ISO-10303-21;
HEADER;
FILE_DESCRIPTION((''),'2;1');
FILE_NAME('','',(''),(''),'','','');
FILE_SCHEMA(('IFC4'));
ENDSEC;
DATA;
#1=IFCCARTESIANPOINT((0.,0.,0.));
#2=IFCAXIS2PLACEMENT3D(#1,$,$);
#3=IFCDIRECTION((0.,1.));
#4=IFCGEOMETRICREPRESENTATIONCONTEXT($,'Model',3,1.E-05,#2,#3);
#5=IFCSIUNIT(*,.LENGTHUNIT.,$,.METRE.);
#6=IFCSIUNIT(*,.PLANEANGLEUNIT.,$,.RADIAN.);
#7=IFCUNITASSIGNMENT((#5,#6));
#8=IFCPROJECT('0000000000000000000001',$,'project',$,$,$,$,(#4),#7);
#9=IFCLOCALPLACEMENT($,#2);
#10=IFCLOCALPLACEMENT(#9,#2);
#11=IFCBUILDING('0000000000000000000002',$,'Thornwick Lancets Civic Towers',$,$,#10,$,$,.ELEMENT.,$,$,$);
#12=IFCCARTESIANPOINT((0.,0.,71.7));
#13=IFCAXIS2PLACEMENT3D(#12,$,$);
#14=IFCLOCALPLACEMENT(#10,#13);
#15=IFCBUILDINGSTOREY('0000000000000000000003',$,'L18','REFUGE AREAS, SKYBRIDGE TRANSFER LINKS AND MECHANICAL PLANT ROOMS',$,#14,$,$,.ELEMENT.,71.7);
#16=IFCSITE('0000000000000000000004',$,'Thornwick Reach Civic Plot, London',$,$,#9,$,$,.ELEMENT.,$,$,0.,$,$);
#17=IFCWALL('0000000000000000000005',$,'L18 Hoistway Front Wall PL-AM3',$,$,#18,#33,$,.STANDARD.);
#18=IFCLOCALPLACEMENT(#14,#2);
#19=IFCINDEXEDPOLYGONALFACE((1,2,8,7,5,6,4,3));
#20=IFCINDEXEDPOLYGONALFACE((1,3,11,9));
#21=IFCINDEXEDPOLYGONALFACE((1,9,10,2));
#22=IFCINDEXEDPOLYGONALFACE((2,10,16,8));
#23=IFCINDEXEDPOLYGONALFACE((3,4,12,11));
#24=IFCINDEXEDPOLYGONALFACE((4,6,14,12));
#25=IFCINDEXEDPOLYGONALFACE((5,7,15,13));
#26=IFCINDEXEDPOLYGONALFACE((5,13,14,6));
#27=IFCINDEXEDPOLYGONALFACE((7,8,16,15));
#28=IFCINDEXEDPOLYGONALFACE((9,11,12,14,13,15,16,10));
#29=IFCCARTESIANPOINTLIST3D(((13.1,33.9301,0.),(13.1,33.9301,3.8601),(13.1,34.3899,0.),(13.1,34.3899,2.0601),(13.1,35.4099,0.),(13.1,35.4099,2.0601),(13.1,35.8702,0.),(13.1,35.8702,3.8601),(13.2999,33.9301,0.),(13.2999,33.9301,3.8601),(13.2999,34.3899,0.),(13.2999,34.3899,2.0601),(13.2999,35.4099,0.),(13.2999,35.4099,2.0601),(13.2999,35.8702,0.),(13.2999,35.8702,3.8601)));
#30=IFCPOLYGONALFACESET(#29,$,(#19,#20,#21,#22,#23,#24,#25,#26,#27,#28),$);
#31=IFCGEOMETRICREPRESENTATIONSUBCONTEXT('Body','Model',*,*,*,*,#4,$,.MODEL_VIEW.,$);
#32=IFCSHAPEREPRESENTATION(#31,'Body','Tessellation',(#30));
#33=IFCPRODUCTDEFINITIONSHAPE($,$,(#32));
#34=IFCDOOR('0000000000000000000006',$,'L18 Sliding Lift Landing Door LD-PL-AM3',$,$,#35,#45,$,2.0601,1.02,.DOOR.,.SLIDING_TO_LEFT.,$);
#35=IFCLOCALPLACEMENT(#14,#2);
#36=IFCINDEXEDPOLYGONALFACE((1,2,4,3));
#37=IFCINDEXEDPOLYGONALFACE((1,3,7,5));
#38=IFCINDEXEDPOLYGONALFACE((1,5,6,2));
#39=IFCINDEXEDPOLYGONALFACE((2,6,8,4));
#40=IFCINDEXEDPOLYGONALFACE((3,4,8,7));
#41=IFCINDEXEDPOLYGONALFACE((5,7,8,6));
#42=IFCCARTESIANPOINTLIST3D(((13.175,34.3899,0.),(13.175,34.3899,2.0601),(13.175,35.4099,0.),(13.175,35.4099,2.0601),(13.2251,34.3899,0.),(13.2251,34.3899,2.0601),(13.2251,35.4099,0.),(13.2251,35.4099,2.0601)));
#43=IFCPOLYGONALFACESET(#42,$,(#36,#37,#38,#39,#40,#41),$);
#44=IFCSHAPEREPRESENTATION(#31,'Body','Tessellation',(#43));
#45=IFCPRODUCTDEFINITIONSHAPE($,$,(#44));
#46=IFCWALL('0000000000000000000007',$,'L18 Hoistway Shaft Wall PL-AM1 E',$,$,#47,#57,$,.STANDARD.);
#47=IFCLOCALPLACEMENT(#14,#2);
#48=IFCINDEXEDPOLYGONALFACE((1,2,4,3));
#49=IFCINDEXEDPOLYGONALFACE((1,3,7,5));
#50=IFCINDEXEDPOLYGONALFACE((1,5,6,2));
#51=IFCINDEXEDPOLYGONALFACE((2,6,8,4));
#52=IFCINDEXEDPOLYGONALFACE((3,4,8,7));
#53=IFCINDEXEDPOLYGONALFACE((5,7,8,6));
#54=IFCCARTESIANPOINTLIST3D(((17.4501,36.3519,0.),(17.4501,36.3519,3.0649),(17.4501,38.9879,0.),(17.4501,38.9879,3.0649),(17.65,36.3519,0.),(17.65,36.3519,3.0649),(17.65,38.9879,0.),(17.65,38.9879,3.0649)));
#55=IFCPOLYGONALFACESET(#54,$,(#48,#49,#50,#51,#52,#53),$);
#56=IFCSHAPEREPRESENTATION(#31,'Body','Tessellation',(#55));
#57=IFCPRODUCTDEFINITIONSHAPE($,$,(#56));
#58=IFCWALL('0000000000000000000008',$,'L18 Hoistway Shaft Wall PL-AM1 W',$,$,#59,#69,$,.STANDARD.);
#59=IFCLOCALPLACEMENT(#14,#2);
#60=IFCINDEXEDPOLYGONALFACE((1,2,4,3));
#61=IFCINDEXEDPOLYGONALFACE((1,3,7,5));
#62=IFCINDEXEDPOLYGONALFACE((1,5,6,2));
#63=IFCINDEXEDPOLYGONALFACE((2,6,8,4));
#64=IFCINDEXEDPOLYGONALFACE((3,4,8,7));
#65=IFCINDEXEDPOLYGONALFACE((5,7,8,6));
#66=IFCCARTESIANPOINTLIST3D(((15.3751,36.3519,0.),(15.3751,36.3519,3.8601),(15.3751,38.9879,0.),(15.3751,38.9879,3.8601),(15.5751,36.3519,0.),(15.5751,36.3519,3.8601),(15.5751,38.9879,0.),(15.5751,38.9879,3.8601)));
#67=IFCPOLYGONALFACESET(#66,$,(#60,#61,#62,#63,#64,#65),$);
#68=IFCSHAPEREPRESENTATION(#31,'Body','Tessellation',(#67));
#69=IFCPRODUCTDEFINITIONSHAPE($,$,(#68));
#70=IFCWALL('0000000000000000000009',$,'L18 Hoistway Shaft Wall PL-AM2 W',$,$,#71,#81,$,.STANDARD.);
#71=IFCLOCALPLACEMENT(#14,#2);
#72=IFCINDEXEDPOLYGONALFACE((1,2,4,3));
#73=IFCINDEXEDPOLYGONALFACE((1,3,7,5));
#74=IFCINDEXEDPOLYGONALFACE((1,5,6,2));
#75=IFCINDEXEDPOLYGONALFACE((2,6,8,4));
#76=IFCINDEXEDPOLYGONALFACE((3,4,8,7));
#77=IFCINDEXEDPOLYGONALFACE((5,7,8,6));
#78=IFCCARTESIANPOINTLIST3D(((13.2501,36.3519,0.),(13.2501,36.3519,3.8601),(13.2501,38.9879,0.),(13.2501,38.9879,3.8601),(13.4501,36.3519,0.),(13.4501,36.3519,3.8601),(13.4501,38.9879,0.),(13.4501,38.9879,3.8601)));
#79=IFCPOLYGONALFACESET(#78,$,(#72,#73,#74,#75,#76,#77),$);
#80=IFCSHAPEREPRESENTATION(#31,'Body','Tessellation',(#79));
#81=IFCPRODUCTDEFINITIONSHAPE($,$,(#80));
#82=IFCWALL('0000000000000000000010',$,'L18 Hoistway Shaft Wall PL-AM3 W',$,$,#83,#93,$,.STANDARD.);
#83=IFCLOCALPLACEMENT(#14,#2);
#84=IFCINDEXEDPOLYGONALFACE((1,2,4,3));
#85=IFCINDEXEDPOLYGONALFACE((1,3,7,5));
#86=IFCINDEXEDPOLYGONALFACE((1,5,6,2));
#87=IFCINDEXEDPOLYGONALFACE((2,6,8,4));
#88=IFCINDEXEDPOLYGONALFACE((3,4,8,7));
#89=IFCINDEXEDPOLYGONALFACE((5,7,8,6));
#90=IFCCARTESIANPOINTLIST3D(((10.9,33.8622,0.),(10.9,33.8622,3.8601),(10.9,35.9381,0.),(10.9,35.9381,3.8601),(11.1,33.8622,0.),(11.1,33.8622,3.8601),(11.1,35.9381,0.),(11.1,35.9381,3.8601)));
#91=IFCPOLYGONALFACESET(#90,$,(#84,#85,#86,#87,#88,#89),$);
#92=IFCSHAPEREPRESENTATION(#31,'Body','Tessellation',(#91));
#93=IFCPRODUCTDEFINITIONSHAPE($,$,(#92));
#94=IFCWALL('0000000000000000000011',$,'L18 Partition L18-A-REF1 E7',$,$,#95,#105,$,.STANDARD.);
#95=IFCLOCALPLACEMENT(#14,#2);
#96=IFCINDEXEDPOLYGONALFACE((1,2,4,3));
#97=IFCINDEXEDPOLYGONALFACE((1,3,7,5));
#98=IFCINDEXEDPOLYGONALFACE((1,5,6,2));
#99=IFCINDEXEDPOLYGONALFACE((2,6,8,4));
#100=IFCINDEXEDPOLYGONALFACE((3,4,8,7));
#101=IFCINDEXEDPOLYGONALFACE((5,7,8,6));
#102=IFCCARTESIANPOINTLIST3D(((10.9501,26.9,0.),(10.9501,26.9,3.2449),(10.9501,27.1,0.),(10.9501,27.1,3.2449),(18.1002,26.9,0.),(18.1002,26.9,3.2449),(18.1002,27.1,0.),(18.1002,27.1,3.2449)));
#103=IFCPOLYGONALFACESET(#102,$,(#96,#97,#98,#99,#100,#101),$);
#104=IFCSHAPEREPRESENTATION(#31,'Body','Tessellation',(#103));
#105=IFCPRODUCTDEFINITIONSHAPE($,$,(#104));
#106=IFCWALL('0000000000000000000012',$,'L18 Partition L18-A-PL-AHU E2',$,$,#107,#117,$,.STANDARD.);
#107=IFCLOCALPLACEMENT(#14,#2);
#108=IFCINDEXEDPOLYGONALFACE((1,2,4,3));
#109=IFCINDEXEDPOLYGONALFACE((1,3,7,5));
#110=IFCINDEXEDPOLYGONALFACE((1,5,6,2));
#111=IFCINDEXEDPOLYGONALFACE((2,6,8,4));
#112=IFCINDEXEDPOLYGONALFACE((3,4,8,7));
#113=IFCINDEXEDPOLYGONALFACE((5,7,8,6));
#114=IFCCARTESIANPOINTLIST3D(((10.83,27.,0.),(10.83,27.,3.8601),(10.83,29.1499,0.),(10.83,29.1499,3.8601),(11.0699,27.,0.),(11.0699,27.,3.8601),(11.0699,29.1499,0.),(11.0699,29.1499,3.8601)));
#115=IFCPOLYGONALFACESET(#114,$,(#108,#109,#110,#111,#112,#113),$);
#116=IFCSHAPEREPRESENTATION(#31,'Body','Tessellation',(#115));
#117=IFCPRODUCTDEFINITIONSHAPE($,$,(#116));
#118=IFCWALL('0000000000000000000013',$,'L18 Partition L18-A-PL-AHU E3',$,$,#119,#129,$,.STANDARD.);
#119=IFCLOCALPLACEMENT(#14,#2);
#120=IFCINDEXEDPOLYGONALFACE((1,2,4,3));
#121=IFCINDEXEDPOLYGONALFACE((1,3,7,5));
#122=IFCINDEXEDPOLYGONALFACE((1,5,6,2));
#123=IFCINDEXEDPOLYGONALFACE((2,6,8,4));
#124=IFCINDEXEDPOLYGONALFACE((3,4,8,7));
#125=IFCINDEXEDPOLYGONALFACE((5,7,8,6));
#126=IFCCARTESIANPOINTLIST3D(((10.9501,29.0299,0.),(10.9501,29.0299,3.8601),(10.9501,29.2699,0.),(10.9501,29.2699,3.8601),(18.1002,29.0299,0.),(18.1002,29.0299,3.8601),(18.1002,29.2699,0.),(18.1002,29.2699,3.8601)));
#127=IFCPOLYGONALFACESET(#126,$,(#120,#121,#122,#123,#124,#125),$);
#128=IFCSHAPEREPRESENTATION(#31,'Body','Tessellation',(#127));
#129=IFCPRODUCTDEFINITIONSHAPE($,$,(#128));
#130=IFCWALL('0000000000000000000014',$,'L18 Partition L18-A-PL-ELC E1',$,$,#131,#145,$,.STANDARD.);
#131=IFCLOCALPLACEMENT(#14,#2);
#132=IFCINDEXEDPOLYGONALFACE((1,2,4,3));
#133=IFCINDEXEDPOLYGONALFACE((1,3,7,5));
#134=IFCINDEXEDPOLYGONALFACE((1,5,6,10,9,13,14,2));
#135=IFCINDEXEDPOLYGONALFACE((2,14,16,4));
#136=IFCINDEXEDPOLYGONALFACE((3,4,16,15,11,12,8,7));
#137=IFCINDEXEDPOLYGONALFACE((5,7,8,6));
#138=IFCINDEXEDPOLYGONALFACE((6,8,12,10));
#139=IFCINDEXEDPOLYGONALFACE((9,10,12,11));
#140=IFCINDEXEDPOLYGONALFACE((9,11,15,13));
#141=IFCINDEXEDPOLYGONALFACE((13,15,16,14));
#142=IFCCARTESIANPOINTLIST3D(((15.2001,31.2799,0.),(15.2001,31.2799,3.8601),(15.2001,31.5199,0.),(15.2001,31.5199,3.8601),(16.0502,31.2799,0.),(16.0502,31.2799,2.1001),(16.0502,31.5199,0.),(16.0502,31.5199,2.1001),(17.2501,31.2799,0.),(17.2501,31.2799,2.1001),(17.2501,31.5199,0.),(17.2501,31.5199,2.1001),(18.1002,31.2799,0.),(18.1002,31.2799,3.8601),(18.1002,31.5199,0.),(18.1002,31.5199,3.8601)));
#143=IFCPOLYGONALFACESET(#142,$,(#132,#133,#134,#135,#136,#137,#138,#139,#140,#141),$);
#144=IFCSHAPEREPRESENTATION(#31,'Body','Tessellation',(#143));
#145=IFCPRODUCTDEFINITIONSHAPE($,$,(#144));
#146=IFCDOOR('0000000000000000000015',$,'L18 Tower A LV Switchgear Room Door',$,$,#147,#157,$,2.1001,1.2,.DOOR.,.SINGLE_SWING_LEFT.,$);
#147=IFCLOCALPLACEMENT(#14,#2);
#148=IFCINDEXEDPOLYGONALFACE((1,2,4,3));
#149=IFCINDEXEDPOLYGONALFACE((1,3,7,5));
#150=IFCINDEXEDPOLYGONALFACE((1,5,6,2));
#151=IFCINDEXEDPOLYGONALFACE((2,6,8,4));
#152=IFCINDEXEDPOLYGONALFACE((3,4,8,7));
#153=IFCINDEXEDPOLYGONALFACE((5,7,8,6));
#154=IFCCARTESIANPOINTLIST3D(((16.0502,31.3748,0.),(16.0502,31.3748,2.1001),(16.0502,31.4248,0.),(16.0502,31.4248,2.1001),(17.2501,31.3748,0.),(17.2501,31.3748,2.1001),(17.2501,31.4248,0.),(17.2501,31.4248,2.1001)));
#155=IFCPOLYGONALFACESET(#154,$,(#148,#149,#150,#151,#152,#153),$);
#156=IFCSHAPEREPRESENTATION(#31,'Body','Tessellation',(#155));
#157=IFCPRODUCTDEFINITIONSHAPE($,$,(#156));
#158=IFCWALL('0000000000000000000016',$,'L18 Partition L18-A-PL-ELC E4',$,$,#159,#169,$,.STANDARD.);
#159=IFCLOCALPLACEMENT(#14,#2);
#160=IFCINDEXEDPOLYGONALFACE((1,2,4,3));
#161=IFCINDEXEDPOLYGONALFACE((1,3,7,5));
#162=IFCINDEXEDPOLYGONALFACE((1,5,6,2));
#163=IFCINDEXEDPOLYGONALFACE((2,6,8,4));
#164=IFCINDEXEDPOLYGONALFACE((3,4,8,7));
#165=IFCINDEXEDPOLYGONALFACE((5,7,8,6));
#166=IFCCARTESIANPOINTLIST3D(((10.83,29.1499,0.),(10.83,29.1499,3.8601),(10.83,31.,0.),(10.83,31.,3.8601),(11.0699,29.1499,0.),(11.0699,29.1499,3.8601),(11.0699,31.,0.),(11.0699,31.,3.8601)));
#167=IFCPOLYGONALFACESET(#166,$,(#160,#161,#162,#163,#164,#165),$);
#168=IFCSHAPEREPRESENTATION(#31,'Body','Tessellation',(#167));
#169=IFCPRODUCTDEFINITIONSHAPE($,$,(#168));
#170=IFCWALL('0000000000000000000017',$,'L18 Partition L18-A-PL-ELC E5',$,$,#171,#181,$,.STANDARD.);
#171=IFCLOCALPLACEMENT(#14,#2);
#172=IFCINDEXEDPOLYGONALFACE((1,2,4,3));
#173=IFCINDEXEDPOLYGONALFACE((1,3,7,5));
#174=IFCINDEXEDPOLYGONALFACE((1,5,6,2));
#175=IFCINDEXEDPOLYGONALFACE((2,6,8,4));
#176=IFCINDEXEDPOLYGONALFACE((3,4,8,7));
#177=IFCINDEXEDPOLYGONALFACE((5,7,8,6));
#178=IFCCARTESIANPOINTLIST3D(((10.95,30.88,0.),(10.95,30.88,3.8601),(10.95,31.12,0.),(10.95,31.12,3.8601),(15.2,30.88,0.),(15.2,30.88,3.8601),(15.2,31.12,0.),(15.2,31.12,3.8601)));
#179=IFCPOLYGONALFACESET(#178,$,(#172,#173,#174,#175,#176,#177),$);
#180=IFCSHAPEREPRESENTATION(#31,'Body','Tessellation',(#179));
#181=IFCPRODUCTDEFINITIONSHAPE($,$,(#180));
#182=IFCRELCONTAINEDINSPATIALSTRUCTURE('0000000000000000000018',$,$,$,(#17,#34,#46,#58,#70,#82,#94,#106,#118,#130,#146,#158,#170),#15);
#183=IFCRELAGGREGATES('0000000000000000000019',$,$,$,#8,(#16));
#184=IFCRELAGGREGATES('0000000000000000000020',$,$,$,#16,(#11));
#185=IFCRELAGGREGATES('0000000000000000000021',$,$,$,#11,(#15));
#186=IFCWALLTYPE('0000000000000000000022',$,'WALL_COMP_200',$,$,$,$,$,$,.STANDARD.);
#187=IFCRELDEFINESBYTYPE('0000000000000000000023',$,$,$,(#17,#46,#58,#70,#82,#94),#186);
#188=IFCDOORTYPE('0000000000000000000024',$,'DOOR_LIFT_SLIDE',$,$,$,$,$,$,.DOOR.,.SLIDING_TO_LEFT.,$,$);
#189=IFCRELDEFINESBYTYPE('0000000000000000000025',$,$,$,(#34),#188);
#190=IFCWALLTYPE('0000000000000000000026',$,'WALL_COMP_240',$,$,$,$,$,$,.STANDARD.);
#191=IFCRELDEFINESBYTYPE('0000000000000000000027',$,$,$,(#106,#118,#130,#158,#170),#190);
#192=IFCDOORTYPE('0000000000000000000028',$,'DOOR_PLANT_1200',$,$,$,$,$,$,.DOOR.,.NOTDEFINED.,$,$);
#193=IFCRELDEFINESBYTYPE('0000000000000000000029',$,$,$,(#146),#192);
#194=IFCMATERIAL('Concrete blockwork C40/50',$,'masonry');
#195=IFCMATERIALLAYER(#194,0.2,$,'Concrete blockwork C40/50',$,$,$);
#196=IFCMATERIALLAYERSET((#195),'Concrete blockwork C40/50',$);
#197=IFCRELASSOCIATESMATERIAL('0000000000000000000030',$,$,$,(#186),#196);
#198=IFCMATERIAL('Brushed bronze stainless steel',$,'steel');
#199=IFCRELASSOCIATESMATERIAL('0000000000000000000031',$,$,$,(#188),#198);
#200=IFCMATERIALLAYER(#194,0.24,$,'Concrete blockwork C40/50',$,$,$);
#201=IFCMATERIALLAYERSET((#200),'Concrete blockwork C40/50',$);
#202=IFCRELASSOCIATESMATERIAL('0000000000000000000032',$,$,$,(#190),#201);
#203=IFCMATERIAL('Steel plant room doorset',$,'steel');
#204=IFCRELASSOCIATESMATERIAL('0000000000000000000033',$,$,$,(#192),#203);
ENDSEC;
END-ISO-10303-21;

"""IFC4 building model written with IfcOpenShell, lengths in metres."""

from ifc_helpers import new_model, si_unit, direction, frame, frame_2d, origin, place, context, subcontext, project, spatial, rectangle, extrude, material, layer, layer_set, type_object, element, fill, save


model = new_model("IFC4")

# Units and contexts
model_context = context("Model", 3, precision=1e-05, world=origin(), true_north=direction((0.0, 1.0)))
body_context = subcontext(model_context, "Body", "Model", "MODEL_VIEW")
ifc_project = project(units=[si_unit("LENGTHUNIT", "METRE"), si_unit("PLANEANGLEUNIT", "RADIAN")], contexts=[model_context])

# Site, building, storey
site_placement = place(None, origin())
site = spatial("IfcSite", under=ifc_project, at=site_placement, Name="Thornwick Reach Civic Plot, London", CompositionType="ELEMENT", RefElevation=0.0)
building_placement = place(site_placement, origin())
building = spatial("IfcBuilding", under=site, at=building_placement, Name="Thornwick Lancets Civic Towers", CompositionType="ELEMENT")
storey_placement = place(building_placement, frame((0.0, 0.0, 71.7)))
storey = spatial("IfcBuildingStorey", under=building, at=storey_placement, Name="L18", Description="REFUGE AREAS, SKYBRIDGE TRANSFER LINKS AND MECHANICAL PLANT ROOMS", CompositionType="ELEMENT", Elevation=71.7)

# Wall, opening, door
ifc_material_1 = material(Name="Concrete blockwork C40/50", Category="masonry")
ifc_layer_1 = layer(ifc_material_1, 0.2, Name="Concrete blockwork C40/50")
ifc_layer_set_1 = layer_set([ifc_layer_1], Name="Concrete blockwork C40/50")
wall_type_1 = type_object("IfcWallType", Name="WALL_COMP_200", PredefinedType="STANDARD", material=ifc_layer_set_1)
ifc_material_2 = material(Name="Brushed bronze stainless steel", Category="steel")
door_type_1 = type_object("IfcDoorType", Name="DOOR_LIFT_SLIDE", OperationType="SLIDING_TO_LEFT", PredefinedType="DOOR", material=ifc_material_2)
wall_1_placement = place(storey_placement, frame((13.2, 33.9299, 0.0), z_axis=(0.0, 0.0, 1.0), x_axis=(0.0, 1.0, 0.0)))
wall_1 = element("IfcWall", 1, at=wall_1_placement, inside=storey, type_object=wall_type_1, Name="L18 Hoistway Front Wall PL-AM3", PredefinedType="STANDARD", context=body_context, shape_type="SweptSolid", body=[
    extrude(rectangle(XDim=1.9402, YDim=0.2, at=frame_2d((0.9702, 0.0))), origin(), (0.0, 0.0, 1.0), 3.8601),
])
opening_1_placement = place(wall_1_placement, frame((0.46, 0.0, 0.0)))
opening_1 = element("IfcOpeningElement", 2, at=opening_1_placement, cuts=wall_1, PredefinedType="OPENING", context=body_context, shape_type="SweptSolid", body=[
    extrude(rectangle(XDim=1.02, YDim=2.0601, at=frame_2d((0.51, 1.03))), frame((0.0, 0.1099, 0.0), z_axis=(0.0, -1.0, 0.0), x_axis=(1.0, 0.0, 0.0)), (0.0, 0.0, 1.0), 0.22),
])
door_1_placement = place(opening_1_placement, origin())
door_1 = element("IfcDoor", 3, at=door_1_placement, inside=storey, type_object=door_type_1, Name="L18 Sliding Lift Landing Door LD-PL-AM3", OperationType="SLIDING_TO_LEFT", OverallHeight=2.0601, OverallWidth=1.02, PredefinedType="DOOR", context=body_context, shape_type="SweptSolid", body=[
    extrude(rectangle(XDim=1.02, YDim=2.0601, at=frame_2d((0.51, 1.03))), frame((0.0, 0.0249, 0.0), z_axis=(0.0, -1.0, 0.0), x_axis=(1.0, 0.0, 0.0)), (0.0, 0.0, 1.0), 0.05),
])
fill(opening_1, door_1)

# Walls
wall_2_placement = place(storey_placement, frame((17.55, 36.3521, 0.0), z_axis=(0.0, 0.0, 1.0), x_axis=(0.0, 1.0, 0.0)))
element("IfcWall", 4, at=wall_2_placement, inside=storey, type_object=wall_type_1, Name="L18 Hoistway Shaft Wall PL-AM1 E", PredefinedType="STANDARD", context=body_context, shape_type="SweptSolid", body=[
    extrude(rectangle(XDim=2.636, YDim=0.2, at=frame_2d((1.3179, 0.0))), origin(), (0.0, 0.0, 1.0), 3.0649),
])
for number, where, z_axis, x_axis, name in (
    (5, (15.4751, 36.3521, 0.0), (0.0, 0.0, 1.0), (0.0, 1.0, 0.0), "L18 Hoistway Shaft Wall PL-AM1 W"),
    (6, (13.3501, 36.3521, 0.0), (0.0, 0.0, 1.0), (0.0, 1.0, 0.0), "L18 Hoistway Shaft Wall PL-AM2 W"),
):
    element("IfcWall", number, at=place(storey_placement, frame(where, z_axis=z_axis, x_axis=x_axis)), inside=storey, type_object=wall_type_1, Name=name, PredefinedType="STANDARD", context=body_context, shape_type="SweptSolid", body=[
        extrude(rectangle(XDim=2.636, YDim=0.2, at=frame_2d((1.3179, 0.0))), origin(), (0.0, 0.0, 1.0), 3.8601),
    ])
wall_3_placement = place(storey_placement, frame((11.0, 33.8621, 0.0), z_axis=(0.0, 0.0, 1.0), x_axis=(0.0, 1.0, 0.0)))
element("IfcWall", 7, at=wall_3_placement, inside=storey, type_object=wall_type_1, Name="L18 Hoistway Shaft Wall PL-AM3 W", PredefinedType="STANDARD", context=body_context, shape_type="SweptSolid", body=[
    extrude(rectangle(XDim=2.0759, YDim=0.2, at=frame_2d((1.0381, 0.0))), origin(), (0.0, 0.0, 1.0), 3.8601),
])
wall_4_placement = place(storey_placement, frame((10.95, 27.0, 0.0), z_axis=(0.0, 0.0, 1.0), x_axis=(1.0, 0.0, 0.0)))
element("IfcWall", 8, at=wall_4_placement, inside=storey, type_object=wall_type_1, Name="L18 Partition L18-A-REF1 E7", PredefinedType="STANDARD", context=body_context, shape_type="SweptSolid", body=[
    extrude(rectangle(XDim=7.1501, YDim=0.2, at=frame_2d((3.5752, 0.0))), origin(), (0.0, 0.0, 1.0), 3.2449),
])
ifc_layer_2 = layer(ifc_material_1, 0.24, Name="Concrete blockwork C40/50")
ifc_layer_set_2 = layer_set([ifc_layer_2], Name="Concrete blockwork C40/50")
wall_type_2 = type_object("IfcWallType", Name="WALL_COMP_240", PredefinedType="STANDARD", material=ifc_layer_set_2)
wall_5_placement = place(storey_placement, frame((10.95, 27.0, 0.0), z_axis=(0.0, 0.0, 1.0), x_axis=(0.0, 1.0, 0.0)))
element("IfcWall", 9, at=wall_5_placement, inside=storey, type_object=wall_type_2, Name="L18 Partition L18-A-PL-AHU E2", PredefinedType="STANDARD", context=body_context, shape_type="SweptSolid", body=[
    extrude(rectangle(XDim=2.1499, YDim=0.24, at=frame_2d((1.075, 0.0))), origin(), (0.0, 0.0, 1.0), 3.8601),
])
wall_6_placement = place(storey_placement, frame((10.95, 29.1499, 0.0), z_axis=(0.0, 0.0, 1.0), x_axis=(1.0, 0.0, 0.0)))
element("IfcWall", 10, at=wall_6_placement, inside=storey, type_object=wall_type_2, Name="L18 Partition L18-A-PL-AHU E3", PredefinedType="STANDARD", context=body_context, shape_type="SweptSolid", body=[
    extrude(rectangle(XDim=7.1501, YDim=0.24, at=frame_2d((3.5752, 0.0))), origin(), (0.0, 0.0, 1.0), 3.8601),
])

# Wall, opening, door
wall_7_placement = place(storey_placement, frame((15.2, 31.3999, 0.0), z_axis=(0.0, 0.0, 1.0), x_axis=(1.0, 0.0, 0.0)))
wall_7 = element("IfcWall", 11, at=wall_7_placement, inside=storey, type_object=wall_type_2, Name="L18 Partition L18-A-PL-ELC E1", PredefinedType="STANDARD", context=body_context, shape_type="SweptSolid", body=[
    extrude(rectangle(XDim=2.9001, YDim=0.24, at=frame_2d((1.4502, 0.0))), origin(), (0.0, 0.0, 1.0), 3.8601),
])
opening_2_placement = place(wall_7_placement, frame((0.8501, 0.0, 0.0)))
opening_2 = element("IfcOpeningElement", 12, at=opening_2_placement, cuts=wall_7, PredefinedType="OPENING", context=body_context, shape_type="SweptSolid", body=[
    extrude(rectangle(XDim=1.2, YDim=2.1001, at=frame_2d((0.6001, 1.05))), frame((0.0, 0.1299, 0.0), z_axis=(0.0, -1.0, 0.0), x_axis=(1.0, 0.0, 0.0)), (0.0, 0.0, 1.0), 0.26),
])
ifc_material_3 = material(Name="Steel plant room doorset", Category="steel")
door_type_2 = type_object("IfcDoorType", Name="DOOR_PLANT_1200", OperationType="NOTDEFINED", PredefinedType="DOOR", material=ifc_material_3)
door_2_placement = place(opening_2_placement, origin())
door_2 = element("IfcDoor", 13, at=door_2_placement, inside=storey, type_object=door_type_2, Name="L18 Tower A LV Switchgear Room Door", OperationType="SINGLE_SWING_LEFT", OverallHeight=2.1001, OverallWidth=1.2, PredefinedType="DOOR", context=body_context, shape_type="SweptSolid", body=[
    extrude(rectangle(XDim=1.2, YDim=2.1001, at=frame_2d((0.6001, 1.05))), frame((0.0, 0.0249, 0.0), z_axis=(0.0, -1.0, 0.0), x_axis=(1.0, 0.0, 0.0)), (0.0, 0.0, 1.0), 0.05),
])
fill(opening_2, door_2)

# Walls
wall_8_placement = place(storey_placement, frame((10.95, 29.1499, 0.0), z_axis=(0.0, 0.0, 1.0), x_axis=(0.0, 1.0, 0.0)))
element("IfcWall", 14, at=wall_8_placement, inside=storey, type_object=wall_type_2, Name="L18 Partition L18-A-PL-ELC E4", PredefinedType="STANDARD", context=body_context, shape_type="SweptSolid", body=[
    extrude(rectangle(XDim=1.8501, YDim=0.24, at=frame_2d((0.925, 0.0))), origin(), (0.0, 0.0, 1.0), 3.8601),
])
wall_9_placement = place(storey_placement, frame((10.95, 31.0, 0.0), z_axis=(0.0, 0.0, 1.0), x_axis=(1.0, 0.0, 0.0)))
element("IfcWall", 15, at=wall_9_placement, inside=storey, type_object=wall_type_2, Name="L18 Partition L18-A-PL-ELC E5", PredefinedType="STANDARD", context=body_context, shape_type="SweptSolid", body=[
    extrude(rectangle(XDim=4.25, YDim=0.24, at=frame_2d((2.125, 0.0))), origin(), (0.0, 0.0, 1.0), 3.8601),
])

save(model, "model.ifc")
